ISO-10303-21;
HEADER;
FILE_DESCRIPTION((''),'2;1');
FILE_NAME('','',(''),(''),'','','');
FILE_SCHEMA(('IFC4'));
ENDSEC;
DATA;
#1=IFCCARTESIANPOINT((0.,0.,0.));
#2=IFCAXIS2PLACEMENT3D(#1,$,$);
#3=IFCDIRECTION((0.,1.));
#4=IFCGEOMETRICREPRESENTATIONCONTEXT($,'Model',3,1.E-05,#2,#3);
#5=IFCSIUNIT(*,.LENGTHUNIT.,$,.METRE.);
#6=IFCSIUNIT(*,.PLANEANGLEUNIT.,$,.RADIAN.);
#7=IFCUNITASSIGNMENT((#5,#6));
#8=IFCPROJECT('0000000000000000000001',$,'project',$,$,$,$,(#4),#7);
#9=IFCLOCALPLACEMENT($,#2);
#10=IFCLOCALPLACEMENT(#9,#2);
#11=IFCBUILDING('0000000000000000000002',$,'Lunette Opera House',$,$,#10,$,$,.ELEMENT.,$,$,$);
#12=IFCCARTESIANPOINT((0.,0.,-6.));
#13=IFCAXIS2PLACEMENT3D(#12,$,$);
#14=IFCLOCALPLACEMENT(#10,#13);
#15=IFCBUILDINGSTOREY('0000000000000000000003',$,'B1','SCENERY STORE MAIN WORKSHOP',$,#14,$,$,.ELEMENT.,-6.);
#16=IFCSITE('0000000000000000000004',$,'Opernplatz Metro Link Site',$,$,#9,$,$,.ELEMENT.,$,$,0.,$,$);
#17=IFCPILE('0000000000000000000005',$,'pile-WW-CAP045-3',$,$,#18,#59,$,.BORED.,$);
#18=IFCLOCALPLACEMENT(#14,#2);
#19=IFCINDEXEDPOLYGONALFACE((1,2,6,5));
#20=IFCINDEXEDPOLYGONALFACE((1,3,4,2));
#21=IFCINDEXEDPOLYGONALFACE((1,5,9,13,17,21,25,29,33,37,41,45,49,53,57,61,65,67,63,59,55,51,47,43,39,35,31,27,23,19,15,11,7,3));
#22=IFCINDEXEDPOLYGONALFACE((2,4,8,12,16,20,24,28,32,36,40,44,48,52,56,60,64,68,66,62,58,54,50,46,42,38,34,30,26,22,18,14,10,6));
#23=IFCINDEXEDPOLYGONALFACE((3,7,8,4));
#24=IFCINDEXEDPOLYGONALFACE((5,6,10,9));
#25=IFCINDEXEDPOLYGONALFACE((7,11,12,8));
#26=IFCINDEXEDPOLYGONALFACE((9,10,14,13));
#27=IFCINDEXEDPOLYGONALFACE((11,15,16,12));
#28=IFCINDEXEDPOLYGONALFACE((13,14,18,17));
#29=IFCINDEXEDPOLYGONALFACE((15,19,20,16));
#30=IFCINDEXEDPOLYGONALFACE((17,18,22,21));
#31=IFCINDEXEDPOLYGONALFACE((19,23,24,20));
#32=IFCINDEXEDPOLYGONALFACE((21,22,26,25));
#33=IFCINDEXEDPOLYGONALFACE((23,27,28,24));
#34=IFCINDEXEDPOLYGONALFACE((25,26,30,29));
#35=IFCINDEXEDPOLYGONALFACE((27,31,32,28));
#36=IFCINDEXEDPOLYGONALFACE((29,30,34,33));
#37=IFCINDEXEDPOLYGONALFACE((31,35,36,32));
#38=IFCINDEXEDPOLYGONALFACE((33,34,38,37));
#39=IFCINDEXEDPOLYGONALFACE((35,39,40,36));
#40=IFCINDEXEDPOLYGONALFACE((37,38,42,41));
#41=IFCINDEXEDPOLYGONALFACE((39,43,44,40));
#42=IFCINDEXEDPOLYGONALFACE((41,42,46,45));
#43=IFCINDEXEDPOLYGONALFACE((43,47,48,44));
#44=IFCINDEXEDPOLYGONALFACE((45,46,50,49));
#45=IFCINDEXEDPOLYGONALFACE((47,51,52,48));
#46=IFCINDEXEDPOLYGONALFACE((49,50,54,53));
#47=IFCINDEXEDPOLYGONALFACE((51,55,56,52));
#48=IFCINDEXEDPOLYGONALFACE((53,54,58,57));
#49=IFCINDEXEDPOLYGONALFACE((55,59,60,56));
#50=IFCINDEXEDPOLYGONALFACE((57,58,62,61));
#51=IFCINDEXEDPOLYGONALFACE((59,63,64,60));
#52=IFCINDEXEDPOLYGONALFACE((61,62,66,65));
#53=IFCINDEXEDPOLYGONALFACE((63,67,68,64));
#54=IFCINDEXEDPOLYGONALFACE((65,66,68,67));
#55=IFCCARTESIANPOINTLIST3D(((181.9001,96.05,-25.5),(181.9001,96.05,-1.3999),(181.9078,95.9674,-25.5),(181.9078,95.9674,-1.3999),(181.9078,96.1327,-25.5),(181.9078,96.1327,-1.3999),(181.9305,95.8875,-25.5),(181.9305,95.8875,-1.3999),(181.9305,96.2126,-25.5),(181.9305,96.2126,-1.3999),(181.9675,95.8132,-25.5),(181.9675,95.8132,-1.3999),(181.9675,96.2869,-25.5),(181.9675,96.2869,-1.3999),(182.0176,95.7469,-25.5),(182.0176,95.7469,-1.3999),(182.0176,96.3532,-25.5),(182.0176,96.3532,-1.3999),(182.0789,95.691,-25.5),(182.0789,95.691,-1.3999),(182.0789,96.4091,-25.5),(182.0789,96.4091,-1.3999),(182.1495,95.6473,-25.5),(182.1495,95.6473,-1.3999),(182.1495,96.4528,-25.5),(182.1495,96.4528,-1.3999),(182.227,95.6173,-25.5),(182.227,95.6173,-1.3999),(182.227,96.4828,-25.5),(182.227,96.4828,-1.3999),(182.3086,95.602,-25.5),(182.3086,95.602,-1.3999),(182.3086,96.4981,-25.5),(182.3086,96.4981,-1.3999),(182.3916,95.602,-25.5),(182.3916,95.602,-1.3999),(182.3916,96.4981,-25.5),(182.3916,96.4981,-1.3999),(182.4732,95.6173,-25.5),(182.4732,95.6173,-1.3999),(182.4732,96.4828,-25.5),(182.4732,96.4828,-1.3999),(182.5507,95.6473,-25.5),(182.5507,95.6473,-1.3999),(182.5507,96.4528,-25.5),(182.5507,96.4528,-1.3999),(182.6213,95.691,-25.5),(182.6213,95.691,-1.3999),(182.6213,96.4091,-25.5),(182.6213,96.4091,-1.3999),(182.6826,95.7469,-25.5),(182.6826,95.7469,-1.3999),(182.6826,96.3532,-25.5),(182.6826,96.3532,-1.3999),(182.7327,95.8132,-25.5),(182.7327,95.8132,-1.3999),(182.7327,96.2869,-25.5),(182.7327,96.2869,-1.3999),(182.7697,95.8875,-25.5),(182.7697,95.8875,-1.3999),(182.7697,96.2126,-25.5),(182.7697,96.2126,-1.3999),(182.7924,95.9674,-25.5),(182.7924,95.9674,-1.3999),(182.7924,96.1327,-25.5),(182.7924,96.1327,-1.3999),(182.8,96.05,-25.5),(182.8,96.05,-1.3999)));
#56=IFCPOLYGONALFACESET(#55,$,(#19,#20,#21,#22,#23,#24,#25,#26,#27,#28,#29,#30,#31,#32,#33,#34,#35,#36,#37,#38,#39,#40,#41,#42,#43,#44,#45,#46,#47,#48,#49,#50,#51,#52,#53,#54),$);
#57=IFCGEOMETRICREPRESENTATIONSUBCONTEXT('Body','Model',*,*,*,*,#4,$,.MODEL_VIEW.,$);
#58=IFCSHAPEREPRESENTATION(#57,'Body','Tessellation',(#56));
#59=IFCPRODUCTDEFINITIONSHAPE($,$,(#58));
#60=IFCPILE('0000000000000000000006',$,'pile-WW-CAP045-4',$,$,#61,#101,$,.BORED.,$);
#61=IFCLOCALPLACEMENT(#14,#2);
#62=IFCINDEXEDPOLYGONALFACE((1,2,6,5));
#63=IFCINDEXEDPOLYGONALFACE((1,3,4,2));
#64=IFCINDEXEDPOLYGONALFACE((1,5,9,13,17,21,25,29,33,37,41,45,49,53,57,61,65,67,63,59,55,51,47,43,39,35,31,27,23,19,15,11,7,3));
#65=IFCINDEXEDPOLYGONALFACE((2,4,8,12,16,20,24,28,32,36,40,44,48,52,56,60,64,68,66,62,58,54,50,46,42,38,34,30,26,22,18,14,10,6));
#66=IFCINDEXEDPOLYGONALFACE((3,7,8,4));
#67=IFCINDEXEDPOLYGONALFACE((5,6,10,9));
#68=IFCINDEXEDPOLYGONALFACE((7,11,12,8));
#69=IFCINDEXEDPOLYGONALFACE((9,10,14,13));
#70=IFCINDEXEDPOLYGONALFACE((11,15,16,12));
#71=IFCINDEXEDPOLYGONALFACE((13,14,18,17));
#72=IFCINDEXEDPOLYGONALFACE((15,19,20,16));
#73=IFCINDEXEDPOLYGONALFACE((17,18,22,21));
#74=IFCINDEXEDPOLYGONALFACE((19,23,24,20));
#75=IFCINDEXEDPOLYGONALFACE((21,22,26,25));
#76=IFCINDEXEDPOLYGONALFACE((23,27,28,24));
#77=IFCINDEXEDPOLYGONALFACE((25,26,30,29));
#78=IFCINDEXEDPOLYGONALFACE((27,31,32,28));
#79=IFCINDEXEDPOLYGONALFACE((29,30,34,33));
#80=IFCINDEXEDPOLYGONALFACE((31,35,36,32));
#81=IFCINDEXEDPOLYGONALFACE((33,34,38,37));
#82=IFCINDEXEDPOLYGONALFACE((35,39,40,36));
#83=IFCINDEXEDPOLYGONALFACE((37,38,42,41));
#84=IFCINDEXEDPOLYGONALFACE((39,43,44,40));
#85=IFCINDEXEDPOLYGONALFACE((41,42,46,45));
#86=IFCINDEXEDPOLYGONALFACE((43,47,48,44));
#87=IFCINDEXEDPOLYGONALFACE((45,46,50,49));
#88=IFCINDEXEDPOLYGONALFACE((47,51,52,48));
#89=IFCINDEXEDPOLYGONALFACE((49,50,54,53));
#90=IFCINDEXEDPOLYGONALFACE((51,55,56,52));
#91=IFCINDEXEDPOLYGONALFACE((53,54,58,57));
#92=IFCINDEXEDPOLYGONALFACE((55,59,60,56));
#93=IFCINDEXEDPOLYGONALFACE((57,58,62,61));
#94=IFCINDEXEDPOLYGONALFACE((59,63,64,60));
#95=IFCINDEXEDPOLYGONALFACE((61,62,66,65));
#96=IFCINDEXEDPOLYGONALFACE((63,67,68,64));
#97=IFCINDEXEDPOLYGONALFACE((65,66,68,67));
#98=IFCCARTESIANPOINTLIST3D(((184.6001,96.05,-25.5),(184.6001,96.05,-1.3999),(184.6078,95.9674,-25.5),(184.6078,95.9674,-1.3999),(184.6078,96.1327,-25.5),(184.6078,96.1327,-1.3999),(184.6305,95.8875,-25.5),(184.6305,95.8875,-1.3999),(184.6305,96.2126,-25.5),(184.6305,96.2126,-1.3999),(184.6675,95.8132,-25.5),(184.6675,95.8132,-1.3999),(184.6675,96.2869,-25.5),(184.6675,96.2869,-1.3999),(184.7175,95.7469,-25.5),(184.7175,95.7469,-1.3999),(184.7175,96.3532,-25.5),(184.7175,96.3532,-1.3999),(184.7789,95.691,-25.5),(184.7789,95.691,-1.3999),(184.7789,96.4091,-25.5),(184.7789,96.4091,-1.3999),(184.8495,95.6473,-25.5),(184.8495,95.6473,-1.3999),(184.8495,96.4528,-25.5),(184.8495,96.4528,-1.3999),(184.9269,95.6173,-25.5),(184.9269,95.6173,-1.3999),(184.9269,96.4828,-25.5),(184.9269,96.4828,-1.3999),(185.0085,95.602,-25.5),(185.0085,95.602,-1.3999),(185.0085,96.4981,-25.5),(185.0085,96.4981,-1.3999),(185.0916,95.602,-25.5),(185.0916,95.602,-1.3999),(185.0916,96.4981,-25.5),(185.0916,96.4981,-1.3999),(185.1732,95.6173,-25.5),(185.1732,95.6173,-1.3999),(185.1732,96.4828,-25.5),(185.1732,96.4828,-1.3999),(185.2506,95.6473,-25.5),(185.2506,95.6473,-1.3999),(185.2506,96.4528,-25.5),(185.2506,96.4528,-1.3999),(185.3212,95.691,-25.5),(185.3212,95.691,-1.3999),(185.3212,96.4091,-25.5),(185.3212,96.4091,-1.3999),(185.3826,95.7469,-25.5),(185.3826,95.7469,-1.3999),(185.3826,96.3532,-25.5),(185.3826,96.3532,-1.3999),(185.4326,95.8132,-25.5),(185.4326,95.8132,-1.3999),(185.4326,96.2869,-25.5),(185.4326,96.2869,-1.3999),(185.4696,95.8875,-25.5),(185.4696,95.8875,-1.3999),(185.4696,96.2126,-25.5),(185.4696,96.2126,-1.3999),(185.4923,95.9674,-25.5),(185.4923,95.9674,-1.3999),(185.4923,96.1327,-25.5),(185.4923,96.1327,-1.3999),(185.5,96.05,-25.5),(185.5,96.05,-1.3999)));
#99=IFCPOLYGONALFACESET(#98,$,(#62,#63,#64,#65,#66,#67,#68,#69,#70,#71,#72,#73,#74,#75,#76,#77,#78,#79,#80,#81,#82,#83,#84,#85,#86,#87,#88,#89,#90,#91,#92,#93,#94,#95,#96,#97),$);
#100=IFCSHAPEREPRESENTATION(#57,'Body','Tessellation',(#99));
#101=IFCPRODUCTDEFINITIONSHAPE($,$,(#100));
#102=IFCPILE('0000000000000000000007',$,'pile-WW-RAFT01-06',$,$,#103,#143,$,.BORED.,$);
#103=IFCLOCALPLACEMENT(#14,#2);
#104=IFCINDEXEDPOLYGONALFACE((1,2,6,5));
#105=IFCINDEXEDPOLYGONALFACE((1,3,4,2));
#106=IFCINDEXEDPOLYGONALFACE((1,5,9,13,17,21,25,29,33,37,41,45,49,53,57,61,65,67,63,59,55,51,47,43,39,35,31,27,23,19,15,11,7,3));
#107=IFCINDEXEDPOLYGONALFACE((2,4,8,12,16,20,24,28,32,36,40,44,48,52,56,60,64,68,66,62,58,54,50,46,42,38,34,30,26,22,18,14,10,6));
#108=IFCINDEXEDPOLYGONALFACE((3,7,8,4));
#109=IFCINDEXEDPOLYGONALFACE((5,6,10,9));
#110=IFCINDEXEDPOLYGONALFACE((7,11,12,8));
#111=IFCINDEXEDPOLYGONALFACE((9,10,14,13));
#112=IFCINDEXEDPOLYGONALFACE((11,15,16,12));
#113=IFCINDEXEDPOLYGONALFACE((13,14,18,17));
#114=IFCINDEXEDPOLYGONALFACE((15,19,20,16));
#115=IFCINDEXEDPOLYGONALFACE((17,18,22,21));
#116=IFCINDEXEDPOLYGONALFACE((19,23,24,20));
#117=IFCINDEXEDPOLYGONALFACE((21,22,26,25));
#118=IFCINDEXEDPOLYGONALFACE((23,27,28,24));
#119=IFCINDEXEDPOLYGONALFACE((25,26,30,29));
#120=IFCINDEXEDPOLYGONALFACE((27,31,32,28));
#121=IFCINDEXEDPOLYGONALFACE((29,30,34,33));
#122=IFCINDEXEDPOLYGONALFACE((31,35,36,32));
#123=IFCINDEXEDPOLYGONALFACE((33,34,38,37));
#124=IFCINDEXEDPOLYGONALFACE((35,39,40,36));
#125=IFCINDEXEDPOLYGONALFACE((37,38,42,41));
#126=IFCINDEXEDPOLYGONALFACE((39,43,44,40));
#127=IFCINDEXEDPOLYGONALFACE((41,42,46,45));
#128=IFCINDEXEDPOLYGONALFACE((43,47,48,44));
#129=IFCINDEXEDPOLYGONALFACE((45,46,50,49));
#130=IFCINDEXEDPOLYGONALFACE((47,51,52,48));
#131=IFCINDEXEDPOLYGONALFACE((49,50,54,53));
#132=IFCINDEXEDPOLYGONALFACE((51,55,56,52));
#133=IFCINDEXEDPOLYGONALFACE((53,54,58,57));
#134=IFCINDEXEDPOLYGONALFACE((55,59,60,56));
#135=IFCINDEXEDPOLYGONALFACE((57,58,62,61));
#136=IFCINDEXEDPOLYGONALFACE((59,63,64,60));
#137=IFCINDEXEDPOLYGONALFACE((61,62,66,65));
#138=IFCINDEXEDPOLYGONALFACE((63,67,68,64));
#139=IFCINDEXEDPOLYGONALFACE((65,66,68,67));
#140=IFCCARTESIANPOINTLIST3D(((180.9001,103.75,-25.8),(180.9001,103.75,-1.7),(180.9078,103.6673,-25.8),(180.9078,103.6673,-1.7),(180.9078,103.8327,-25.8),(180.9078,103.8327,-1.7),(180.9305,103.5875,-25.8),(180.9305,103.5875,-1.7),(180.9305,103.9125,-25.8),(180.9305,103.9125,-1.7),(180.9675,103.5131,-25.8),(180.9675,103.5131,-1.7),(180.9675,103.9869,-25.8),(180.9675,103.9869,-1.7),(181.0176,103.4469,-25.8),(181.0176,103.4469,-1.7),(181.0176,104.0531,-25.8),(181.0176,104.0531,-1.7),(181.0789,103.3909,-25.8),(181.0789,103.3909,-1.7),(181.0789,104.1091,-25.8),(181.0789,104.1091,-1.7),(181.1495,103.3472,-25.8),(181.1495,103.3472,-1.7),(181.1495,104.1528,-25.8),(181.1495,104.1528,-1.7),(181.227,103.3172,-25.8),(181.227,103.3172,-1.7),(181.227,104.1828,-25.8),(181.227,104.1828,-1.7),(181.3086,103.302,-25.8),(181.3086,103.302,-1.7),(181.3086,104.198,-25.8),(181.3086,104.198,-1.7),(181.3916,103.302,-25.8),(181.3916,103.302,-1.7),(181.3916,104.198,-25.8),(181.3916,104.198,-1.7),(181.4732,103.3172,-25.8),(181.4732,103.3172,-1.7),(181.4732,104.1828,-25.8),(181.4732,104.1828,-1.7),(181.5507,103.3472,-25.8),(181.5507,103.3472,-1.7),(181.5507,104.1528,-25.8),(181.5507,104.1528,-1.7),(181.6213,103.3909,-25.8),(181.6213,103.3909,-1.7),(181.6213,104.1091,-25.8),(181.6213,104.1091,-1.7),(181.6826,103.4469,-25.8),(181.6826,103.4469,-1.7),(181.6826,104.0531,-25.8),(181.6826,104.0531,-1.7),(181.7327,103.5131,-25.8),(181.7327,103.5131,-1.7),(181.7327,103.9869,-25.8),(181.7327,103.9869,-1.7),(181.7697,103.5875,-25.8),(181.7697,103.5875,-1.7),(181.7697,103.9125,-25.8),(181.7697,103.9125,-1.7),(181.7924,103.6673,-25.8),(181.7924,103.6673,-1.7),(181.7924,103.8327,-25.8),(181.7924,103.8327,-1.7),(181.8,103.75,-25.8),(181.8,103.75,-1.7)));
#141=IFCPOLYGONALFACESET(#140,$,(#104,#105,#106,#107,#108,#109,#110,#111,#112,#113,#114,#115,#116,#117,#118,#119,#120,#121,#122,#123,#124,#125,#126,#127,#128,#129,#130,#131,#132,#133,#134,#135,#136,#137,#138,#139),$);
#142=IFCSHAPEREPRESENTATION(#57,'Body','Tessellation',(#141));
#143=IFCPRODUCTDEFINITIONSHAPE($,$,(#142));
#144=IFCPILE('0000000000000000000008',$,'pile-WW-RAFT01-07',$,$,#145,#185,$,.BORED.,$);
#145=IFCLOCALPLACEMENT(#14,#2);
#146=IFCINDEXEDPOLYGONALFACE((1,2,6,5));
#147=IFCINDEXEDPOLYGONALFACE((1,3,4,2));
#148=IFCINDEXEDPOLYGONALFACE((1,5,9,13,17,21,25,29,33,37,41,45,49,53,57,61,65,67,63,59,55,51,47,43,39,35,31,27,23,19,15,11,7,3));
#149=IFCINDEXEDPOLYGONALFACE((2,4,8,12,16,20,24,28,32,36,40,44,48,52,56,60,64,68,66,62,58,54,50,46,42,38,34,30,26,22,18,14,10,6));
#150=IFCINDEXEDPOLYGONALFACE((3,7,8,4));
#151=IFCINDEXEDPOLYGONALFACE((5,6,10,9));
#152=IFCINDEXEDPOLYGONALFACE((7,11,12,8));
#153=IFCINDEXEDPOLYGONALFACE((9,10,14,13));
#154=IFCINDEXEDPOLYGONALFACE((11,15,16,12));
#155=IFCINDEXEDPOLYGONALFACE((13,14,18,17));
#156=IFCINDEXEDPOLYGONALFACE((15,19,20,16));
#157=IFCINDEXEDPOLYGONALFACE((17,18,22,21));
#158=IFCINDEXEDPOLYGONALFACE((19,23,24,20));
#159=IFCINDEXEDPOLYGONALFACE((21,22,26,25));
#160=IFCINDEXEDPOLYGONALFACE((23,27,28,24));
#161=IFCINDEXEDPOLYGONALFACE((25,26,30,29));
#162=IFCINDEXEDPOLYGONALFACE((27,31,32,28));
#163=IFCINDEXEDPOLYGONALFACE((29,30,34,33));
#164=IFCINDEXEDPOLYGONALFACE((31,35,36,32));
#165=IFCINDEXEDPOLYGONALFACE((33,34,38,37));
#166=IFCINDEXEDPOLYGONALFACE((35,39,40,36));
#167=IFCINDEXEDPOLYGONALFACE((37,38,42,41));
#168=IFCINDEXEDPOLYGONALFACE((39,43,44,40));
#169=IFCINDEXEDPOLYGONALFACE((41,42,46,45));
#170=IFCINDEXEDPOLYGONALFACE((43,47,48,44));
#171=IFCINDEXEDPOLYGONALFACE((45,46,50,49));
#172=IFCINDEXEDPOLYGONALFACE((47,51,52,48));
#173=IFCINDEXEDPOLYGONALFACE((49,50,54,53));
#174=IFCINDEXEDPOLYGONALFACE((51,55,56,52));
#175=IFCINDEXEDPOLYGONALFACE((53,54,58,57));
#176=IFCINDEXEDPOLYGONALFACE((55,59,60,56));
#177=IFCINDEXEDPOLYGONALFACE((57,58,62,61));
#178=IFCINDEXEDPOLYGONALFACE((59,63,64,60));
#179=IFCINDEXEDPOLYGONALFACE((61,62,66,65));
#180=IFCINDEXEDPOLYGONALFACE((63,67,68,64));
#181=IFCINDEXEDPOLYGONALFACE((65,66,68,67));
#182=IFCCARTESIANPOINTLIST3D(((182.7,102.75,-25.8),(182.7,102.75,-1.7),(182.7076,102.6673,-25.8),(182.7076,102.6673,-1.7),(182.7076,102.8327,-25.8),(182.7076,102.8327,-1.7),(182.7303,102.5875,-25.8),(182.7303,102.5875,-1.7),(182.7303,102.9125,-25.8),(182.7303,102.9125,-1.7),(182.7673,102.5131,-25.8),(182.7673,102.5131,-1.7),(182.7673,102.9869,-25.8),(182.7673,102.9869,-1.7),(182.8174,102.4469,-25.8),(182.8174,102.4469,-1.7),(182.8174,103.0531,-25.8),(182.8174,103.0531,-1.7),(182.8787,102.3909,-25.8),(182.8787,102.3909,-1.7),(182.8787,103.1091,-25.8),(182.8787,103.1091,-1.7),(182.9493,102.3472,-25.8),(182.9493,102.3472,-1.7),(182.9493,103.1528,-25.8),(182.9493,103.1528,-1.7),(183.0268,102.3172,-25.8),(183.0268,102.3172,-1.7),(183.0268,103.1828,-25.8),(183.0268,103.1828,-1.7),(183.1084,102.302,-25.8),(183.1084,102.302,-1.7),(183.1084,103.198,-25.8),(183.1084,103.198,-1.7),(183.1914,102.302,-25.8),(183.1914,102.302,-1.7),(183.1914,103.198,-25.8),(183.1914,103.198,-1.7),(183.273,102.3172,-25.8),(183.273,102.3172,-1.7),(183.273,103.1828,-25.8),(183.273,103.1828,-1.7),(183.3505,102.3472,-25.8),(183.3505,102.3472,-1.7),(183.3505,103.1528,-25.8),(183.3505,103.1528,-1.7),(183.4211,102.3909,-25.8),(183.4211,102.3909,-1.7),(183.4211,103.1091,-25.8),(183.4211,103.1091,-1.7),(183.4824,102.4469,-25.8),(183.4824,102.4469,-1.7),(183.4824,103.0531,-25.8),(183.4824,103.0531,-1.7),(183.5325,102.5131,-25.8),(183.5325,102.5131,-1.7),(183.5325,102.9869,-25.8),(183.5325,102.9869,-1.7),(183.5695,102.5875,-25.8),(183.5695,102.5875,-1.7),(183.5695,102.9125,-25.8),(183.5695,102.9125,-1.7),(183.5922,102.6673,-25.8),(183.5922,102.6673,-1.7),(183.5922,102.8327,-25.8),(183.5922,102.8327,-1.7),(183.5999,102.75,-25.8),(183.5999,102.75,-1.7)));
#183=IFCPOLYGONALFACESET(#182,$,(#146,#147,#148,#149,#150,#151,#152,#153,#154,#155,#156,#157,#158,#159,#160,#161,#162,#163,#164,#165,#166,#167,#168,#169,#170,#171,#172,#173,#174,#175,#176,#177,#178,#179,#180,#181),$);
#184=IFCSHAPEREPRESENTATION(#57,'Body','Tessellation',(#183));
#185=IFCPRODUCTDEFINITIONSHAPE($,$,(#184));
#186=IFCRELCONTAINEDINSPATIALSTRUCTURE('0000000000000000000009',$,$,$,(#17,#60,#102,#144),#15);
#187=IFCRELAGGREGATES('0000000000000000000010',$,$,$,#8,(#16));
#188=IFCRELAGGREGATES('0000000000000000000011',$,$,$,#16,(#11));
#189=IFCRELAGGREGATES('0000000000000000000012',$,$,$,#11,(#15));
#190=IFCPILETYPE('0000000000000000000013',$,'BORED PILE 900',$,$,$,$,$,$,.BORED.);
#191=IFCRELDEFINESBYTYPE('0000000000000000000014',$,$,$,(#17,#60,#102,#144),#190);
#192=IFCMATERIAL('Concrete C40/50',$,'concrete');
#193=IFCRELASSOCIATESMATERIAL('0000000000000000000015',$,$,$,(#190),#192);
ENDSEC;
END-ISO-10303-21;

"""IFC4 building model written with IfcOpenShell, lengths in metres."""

from ifc_helpers import new_model, si_unit, direction, frame, origin, origin_2d, place, context, subcontext, project, spatial, circle, extrude, material, material_profile, profile_set, type_object, element, save


model = new_model("IFC4")

# Units and contexts
model_context = context("Model", 3, precision=1e-05, world=origin(), true_north=direction((0.0, 1.0)))
body_context = subcontext(model_context, "Body", "Model", "MODEL_VIEW")
ifc_project = project(units=[si_unit("LENGTHUNIT", "METRE"), si_unit("PLANEANGLEUNIT", "RADIAN")], contexts=[model_context])

# Site, building, storey
site_placement = place(None, origin())
site = spatial("IfcSite", under=ifc_project, at=site_placement, Name="Opernplatz Metro Link Site", CompositionType="ELEMENT", RefElevation=0.0)
building_placement = place(site_placement, origin())
building = spatial("IfcBuilding", under=site, at=building_placement, Name="Lunette Opera House", CompositionType="ELEMENT")
storey_placement = place(building_placement, frame((0.0, 0.0, -6.0)))
storey = spatial("IfcBuildingStorey", under=building, at=storey_placement, Name="B1", Description="SCENERY STORE MAIN WORKSHOP", CompositionType="ELEMENT", Elevation=-6.0)

# Piles
ifc_material_1 = material(Name="Concrete C40/50", Category="concrete")
ifc_material_profile_1 = material_profile(ifc_material_1, circle(Radius=0.45, at=origin_2d()), Name="BORED PILE 900")
ifc_profile_set_1 = profile_set([ifc_material_profile_1], Name="Concrete C40/50")
pile_type = type_object("IfcPileType", Name="BORED PILE 900", PredefinedType="BORED", material=ifc_profile_set_1)
for number, where, z_axis, x_axis, name in (
    (1, (182.3501, 96.05, -1.3999), (0.0, 0.0, -1.0), (1.0, 0.0, 0.0), "pile-WW-CAP045-3"),
    (2, (185.05, 96.05, -1.3999), (0.0, 0.0, -1.0), (1.0, 0.0, 0.0), "pile-WW-CAP045-4"),
    (3, (181.3501, 103.75, -1.7), (0.0, 0.0, -1.0), (1.0, 0.0, 0.0), "pile-WW-RAFT01-06"),
    (4, (183.1499, 102.75, -1.7), (0.0, 0.0, -1.0), (1.0, 0.0, 0.0), "pile-WW-RAFT01-07"),
):
    element("IfcPile", number, at=place(storey_placement, frame(where, z_axis=z_axis, x_axis=x_axis)), inside=storey, type_object=pile_type, Name=name, PredefinedType="BORED", context=body_context, shape_type="SweptSolid", body=[
        extrude(circle(Radius=0.45, at=origin_2d()), origin(), (0.0, 0.0, 1.0), 24.1001),
    ])

save(model, "model.ifc")
